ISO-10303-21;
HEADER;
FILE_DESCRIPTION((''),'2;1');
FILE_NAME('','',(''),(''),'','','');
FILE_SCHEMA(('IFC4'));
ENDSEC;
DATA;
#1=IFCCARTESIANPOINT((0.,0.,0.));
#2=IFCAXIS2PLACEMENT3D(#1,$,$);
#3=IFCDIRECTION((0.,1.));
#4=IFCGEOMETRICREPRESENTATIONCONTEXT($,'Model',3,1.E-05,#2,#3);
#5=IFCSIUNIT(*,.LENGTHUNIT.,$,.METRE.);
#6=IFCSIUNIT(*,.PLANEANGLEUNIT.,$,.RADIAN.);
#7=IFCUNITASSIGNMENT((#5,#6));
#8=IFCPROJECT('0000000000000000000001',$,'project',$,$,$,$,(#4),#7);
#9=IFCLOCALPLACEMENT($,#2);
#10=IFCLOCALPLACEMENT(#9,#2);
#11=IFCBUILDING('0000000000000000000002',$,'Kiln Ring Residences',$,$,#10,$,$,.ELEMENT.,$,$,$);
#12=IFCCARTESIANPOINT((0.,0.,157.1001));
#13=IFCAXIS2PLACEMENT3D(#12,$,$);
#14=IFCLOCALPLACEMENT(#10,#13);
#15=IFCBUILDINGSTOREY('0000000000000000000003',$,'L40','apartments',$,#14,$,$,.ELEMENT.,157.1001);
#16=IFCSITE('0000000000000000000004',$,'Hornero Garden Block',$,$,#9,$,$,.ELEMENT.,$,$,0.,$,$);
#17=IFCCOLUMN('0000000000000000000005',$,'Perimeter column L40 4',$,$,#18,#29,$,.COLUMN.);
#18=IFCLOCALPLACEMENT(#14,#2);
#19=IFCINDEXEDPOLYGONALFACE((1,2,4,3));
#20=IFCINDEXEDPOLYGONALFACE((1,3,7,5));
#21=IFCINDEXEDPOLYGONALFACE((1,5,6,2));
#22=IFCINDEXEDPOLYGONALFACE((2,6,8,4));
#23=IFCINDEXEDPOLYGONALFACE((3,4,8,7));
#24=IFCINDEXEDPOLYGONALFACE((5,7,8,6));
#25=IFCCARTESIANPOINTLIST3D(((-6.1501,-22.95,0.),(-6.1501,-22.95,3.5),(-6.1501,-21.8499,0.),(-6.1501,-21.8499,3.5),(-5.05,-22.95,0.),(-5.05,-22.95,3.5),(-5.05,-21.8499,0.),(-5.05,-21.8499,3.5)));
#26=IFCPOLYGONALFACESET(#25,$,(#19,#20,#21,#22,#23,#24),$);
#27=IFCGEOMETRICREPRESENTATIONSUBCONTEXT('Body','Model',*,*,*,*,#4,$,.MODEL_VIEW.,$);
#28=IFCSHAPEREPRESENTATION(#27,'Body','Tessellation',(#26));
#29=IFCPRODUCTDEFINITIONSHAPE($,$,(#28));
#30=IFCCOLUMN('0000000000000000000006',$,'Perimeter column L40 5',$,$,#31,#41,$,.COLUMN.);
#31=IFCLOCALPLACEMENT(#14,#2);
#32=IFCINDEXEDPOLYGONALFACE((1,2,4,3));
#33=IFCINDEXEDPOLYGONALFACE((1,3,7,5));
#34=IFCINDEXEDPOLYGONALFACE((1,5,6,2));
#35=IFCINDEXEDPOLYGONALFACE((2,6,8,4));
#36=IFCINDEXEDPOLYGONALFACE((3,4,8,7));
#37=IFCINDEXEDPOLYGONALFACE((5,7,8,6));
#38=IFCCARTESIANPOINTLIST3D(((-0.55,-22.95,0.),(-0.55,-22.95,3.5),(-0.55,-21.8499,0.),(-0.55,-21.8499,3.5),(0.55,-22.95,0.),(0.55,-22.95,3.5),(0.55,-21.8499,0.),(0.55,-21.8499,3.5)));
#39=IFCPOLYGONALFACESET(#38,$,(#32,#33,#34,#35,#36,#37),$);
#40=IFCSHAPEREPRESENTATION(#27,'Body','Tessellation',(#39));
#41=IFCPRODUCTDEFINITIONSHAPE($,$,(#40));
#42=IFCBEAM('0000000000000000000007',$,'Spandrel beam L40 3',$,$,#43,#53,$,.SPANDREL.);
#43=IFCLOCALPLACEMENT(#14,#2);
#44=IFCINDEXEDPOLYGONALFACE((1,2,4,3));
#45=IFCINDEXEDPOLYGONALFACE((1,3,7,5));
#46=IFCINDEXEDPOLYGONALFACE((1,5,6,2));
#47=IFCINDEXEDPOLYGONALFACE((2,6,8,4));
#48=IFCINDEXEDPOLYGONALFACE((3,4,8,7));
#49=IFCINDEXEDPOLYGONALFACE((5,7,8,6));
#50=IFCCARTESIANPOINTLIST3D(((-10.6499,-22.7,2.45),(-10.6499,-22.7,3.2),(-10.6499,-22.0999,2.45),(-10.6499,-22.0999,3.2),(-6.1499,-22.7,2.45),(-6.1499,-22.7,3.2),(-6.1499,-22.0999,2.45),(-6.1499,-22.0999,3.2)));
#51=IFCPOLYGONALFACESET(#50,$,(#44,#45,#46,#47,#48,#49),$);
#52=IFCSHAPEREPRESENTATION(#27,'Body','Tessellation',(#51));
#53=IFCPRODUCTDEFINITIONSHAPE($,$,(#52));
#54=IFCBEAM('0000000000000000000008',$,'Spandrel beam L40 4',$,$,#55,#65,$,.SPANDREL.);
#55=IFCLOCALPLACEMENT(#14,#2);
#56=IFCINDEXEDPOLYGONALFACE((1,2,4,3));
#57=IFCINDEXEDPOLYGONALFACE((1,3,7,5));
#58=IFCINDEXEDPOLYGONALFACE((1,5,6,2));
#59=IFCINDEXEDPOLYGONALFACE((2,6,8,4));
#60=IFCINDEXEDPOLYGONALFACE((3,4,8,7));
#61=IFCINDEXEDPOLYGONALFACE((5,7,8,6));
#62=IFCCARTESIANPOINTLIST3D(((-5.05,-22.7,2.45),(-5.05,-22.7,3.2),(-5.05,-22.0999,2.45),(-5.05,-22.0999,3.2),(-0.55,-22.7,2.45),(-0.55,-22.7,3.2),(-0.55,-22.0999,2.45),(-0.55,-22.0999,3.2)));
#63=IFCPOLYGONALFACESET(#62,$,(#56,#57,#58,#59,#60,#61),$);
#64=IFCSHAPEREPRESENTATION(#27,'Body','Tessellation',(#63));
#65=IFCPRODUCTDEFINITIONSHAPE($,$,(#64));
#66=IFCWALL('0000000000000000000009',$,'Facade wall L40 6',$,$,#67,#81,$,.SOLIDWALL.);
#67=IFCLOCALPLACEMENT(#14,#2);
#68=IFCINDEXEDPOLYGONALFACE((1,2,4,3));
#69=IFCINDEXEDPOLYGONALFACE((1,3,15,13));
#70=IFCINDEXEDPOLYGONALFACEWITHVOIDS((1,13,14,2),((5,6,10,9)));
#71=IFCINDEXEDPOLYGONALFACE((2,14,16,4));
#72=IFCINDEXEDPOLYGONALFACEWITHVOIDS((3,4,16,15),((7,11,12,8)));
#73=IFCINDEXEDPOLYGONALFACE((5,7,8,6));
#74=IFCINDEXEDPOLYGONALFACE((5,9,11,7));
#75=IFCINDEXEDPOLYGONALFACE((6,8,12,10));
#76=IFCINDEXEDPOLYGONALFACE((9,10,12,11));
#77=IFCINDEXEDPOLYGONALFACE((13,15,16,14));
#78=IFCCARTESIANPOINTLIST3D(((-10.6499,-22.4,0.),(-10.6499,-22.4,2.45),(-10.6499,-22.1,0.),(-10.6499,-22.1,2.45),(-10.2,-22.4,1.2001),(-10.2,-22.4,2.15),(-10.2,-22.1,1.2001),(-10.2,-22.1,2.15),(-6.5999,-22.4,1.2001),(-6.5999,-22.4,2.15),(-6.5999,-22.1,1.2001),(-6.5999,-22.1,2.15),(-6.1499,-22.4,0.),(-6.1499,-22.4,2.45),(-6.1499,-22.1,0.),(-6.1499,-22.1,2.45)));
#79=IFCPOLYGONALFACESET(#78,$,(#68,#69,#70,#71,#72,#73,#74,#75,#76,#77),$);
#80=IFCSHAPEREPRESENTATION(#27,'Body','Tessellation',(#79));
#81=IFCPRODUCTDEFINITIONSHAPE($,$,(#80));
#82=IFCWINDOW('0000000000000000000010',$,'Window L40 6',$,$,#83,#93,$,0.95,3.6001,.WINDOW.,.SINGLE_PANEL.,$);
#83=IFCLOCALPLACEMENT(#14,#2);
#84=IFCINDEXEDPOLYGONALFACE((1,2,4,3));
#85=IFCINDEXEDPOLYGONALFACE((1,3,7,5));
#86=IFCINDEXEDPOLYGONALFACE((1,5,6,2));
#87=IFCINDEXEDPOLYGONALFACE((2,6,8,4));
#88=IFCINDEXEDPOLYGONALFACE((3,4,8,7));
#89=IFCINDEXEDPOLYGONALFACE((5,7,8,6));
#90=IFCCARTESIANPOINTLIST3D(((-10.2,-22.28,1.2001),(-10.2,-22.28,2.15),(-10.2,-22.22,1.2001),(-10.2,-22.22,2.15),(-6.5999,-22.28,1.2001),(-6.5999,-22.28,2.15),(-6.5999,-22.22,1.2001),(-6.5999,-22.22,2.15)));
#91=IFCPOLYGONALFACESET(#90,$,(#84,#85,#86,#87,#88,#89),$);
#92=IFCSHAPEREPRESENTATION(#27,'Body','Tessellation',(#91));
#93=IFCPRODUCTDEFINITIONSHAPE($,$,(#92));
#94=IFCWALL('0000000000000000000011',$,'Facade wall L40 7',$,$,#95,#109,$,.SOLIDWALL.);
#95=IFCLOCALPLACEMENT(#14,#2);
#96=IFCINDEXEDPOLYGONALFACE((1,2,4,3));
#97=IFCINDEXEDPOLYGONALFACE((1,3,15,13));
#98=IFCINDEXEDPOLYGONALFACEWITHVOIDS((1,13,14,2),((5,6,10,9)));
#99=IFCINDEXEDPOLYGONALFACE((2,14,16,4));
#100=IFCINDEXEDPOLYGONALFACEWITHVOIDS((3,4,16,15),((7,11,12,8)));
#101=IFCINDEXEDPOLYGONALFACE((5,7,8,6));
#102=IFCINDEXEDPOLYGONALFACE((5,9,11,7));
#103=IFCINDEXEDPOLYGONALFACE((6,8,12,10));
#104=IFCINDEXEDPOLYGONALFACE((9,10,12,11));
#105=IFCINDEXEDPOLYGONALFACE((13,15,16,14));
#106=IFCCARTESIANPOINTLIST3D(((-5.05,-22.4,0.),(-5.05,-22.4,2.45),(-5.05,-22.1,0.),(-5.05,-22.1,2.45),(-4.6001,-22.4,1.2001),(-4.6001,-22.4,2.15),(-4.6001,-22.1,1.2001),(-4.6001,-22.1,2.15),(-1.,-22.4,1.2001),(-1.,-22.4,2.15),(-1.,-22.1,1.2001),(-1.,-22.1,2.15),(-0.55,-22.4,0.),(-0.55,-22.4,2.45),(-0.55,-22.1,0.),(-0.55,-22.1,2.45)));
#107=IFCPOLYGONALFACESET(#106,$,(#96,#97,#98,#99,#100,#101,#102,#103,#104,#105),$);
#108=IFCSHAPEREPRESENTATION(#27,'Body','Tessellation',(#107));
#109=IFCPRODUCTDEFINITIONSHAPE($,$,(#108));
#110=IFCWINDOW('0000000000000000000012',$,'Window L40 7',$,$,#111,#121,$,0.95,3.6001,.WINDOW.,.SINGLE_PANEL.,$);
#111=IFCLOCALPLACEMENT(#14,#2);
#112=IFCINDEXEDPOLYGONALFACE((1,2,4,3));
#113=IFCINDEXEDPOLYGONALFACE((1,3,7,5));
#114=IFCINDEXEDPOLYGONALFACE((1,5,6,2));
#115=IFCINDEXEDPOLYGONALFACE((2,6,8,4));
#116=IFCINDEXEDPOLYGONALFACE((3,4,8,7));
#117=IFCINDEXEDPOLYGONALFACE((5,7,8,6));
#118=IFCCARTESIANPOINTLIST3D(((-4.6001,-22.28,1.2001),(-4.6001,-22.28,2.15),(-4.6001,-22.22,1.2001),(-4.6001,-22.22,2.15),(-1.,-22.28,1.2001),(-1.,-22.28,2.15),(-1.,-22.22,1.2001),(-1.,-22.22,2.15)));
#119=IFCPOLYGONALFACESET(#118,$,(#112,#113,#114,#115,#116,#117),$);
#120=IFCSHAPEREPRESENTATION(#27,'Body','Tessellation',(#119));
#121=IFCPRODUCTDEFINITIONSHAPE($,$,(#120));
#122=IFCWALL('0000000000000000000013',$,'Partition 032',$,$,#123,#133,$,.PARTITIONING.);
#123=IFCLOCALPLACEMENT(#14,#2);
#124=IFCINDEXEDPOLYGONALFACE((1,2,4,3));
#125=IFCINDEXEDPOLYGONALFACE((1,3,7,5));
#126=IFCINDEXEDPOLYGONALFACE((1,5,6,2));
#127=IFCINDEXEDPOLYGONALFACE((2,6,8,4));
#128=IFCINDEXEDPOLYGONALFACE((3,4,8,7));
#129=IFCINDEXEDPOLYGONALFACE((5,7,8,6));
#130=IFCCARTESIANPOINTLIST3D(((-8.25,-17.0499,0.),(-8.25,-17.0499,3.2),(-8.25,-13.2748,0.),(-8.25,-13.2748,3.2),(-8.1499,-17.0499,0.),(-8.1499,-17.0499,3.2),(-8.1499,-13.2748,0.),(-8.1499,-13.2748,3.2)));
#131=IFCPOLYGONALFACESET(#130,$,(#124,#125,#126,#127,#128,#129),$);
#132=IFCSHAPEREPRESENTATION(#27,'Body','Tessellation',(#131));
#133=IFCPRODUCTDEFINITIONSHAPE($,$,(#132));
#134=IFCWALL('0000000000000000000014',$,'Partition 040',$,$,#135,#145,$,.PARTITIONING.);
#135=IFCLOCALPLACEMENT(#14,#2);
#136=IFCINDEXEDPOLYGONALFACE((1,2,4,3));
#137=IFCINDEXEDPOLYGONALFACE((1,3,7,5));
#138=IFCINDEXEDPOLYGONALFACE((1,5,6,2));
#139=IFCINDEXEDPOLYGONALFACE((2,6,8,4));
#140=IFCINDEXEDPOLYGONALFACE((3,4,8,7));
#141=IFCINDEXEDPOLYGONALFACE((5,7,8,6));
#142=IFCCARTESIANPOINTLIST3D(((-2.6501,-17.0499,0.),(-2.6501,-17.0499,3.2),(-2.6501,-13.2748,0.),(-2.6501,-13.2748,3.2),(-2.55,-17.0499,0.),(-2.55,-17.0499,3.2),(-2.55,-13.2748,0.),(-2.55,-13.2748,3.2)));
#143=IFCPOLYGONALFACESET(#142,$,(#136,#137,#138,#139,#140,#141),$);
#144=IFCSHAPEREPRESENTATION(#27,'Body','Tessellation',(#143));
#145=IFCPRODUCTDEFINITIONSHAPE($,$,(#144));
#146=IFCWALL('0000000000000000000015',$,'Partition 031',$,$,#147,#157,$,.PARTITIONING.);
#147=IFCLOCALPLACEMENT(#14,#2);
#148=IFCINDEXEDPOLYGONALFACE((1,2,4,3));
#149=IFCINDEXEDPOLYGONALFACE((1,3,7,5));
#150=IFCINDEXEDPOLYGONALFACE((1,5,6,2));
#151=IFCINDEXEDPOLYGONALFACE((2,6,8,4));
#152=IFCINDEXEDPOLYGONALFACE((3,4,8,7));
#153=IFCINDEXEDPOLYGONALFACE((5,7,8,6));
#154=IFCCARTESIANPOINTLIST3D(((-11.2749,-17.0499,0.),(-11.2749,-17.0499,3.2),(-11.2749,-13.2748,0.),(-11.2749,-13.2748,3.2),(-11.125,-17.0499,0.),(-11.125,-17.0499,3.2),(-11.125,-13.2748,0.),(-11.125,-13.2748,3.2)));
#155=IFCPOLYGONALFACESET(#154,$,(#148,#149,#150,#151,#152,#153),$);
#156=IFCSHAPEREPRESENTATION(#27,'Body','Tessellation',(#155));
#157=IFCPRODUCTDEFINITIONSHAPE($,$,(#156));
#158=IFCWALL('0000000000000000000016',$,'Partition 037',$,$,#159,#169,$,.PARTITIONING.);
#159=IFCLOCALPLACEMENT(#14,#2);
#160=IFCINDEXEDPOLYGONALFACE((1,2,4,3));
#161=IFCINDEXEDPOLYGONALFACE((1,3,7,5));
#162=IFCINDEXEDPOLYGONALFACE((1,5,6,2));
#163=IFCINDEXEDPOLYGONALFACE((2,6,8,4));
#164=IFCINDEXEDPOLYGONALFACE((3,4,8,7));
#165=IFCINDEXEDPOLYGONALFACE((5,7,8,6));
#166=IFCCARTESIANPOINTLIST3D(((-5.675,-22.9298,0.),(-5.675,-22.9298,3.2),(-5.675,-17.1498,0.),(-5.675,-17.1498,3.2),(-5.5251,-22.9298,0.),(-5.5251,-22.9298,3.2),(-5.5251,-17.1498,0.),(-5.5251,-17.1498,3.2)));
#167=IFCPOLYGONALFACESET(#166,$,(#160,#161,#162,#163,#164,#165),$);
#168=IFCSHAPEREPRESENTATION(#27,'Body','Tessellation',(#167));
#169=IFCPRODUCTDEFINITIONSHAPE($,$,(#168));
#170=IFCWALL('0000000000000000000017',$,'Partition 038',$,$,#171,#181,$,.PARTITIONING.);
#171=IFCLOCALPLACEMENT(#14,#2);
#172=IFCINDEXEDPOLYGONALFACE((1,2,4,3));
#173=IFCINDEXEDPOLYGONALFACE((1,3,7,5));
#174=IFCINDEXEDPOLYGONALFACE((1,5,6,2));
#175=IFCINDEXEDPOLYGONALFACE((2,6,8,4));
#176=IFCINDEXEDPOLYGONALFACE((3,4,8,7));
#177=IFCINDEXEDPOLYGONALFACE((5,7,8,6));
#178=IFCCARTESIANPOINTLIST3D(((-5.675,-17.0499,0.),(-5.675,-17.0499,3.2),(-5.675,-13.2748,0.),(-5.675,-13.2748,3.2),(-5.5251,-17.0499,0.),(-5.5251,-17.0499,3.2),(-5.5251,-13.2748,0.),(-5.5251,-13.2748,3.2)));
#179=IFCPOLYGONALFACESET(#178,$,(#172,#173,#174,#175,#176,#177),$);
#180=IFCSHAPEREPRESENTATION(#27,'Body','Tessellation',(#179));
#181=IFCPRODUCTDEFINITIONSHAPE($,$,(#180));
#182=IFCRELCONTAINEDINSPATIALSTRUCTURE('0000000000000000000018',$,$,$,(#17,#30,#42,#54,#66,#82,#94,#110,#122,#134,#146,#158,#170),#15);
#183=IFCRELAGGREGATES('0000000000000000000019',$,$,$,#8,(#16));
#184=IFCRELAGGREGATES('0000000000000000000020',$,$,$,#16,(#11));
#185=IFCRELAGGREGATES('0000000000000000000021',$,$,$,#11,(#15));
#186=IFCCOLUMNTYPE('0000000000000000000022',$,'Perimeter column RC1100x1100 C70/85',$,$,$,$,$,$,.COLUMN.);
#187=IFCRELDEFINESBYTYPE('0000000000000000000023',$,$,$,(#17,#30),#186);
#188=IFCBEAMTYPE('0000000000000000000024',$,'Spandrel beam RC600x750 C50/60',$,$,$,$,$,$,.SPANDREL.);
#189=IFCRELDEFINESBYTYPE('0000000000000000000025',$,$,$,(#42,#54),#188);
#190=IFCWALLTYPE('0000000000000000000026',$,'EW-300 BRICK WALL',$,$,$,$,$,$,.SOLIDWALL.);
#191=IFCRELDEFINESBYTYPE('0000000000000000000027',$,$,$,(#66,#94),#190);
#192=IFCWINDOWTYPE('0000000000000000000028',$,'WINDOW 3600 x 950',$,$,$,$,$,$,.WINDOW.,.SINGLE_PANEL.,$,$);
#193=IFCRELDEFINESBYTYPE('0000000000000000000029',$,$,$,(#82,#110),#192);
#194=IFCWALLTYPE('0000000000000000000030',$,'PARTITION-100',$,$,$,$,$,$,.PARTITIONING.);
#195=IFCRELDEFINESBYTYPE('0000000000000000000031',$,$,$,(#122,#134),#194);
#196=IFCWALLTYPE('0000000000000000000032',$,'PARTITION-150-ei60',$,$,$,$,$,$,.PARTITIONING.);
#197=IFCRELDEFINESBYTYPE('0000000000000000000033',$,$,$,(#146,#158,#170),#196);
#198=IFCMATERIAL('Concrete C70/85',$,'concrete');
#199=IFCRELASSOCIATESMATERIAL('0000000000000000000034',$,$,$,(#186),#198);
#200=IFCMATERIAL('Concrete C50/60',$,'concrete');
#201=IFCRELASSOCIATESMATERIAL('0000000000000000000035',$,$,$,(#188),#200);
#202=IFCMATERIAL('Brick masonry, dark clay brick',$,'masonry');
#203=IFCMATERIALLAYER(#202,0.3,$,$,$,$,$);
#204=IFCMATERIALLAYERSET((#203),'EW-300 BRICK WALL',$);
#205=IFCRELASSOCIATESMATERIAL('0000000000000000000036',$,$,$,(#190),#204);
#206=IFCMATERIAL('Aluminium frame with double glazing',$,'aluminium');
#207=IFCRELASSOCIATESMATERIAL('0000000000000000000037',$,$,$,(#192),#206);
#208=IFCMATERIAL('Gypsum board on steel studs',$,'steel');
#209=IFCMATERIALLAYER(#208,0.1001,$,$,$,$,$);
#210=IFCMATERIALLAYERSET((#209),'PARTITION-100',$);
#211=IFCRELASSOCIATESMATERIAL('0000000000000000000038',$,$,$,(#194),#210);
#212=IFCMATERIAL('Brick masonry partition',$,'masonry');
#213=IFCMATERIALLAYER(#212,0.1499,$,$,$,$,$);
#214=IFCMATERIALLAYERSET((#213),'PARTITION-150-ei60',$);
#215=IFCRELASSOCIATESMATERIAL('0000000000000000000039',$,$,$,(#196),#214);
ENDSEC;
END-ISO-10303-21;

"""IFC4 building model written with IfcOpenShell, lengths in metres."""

from ifc_helpers import new_model, si_unit, direction, frame, frame_2d, origin, origin_2d, place, context, subcontext, project, spatial, rectangle, extrude, material, layer, layer_set, material_profile, profile_set, type_object, element, fill, save


model = new_model("IFC4")

# Units and contexts
model_context = context("Model", 3, precision=1e-05, world=origin(), true_north=direction((0.0, 1.0)))
body_context = subcontext(model_context, "Body", "Model", "MODEL_VIEW")
ifc_project = project(units=[si_unit("LENGTHUNIT", "METRE"), si_unit("PLANEANGLEUNIT", "RADIAN")], contexts=[model_context])

# Site, building, storey
site_placement = place(None, origin())
site = spatial("IfcSite", under=ifc_project, at=site_placement, Name="Hornero Garden Block", CompositionType="ELEMENT", RefElevation=0.0)
building_placement = place(site_placement, origin())
building = spatial("IfcBuilding", under=site, at=building_placement, Name="Kiln Ring Residences", CompositionType="ELEMENT")
storey_placement = place(building_placement, frame((0.0, 0.0, 157.1001)))
storey = spatial("IfcBuildingStorey", under=building, at=storey_placement, Name="L40", Description="apartments", CompositionType="ELEMENT", Elevation=157.1001)

# Columns
ifc_material_1 = material(Name="Concrete C70/85", Category="concrete")
ifc_material_profile_1 = material_profile(ifc_material_1, rectangle(XDim=1.1001, YDim=1.1001, at=origin_2d()), Name="RC1100x1100")
ifc_profile_set_1 = profile_set([ifc_material_profile_1], Name="Concrete C70/85")
column_type = type_object("IfcColumnType", Name="Perimeter column RC1100x1100 C70/85", PredefinedType="COLUMN", material=ifc_profile_set_1)
for number, where, z_axis, x_axis, name in (
    (1, (-5.6001, -22.3999, 0.0), (0.0, 0.0, 1.0), (1.0, 0.0, 0.0), "Perimeter column L40 4"),
    (2, (0.0, -22.3999, 0.0), (0.0, 0.0, 1.0), (1.0, 0.0, 0.0), "Perimeter column L40 5"),
):
    element("IfcColumn", number, at=place(storey_placement, frame(where, z_axis=z_axis, x_axis=x_axis)), inside=storey, type_object=column_type, Name=name, PredefinedType="COLUMN", context=body_context, shape_type="SweptSolid", body=[
        extrude(rectangle(XDim=1.1001, YDim=1.1001, at=origin_2d()), origin(), (0.0, 0.0, 1.0), 3.5),
    ])

# Beams
ifc_material_2 = material(Name="Concrete C50/60", Category="concrete")
ifc_material_profile_2 = material_profile(ifc_material_2, rectangle(XDim=0.6001, YDim=0.75, at=origin_2d()), Name="RC600x750")
ifc_profile_set_2 = profile_set([ifc_material_profile_2], Name="Concrete C50/60")
beam_type = type_object("IfcBeamType", Name="Spandrel beam RC600x750 C50/60", PredefinedType="SPANDREL", material=ifc_profile_set_2)
for number, where, z_axis, x_axis, name in (
    (3, (-10.6499, -22.3999, 2.825), (1.0, 0.0, 0.0), (0.0, 1.0, 0.0), "Spandrel beam L40 3"),
    (4, (-5.05, -22.3999, 2.825), (1.0, 0.0, 0.0), (0.0, 1.0, 0.0), "Spandrel beam L40 4"),
):
    element("IfcBeam", number, at=place(storey_placement, frame(where, z_axis=z_axis, x_axis=x_axis)), inside=storey, type_object=beam_type, Name=name, PredefinedType="SPANDREL", context=body_context, shape_type="SweptSolid", body=[
        extrude(rectangle(XDim=0.6001, YDim=0.75, at=origin_2d()), origin(), (0.0, 0.0, 1.0), 4.5),
    ])

# Walls, openings, windows
ifc_material_3 = material(Name="Brick masonry, dark clay brick", Category="masonry")
ifc_layer_1 = layer(ifc_material_3, 0.3)
ifc_layer_set_1 = layer_set([ifc_layer_1], Name="EW-300 BRICK WALL")
wall_type_1 = type_object("IfcWallType", Name="EW-300 BRICK WALL", PredefinedType="SOLIDWALL", material=ifc_layer_set_1)
wall_1_placement = place(storey_placement, frame((-10.6499, -22.25, 0.0), z_axis=(0.0, 0.0, 1.0), x_axis=(1.0, 0.0, 0.0)))
wall_1 = element("IfcWall", 5, at=wall_1_placement, inside=storey, type_object=wall_type_1, Name="Facade wall L40 6", PredefinedType="SOLIDWALL", context=body_context, shape_type="SweptSolid", body=[
    extrude(rectangle(XDim=4.5, YDim=0.3, at=frame_2d((2.25, 0.0))), origin(), (0.0, 0.0, 1.0), 2.45),
])
opening_1_placement = place(wall_1_placement, frame((0.45, 0.0, 1.2)))
opening_1 = element("IfcOpeningElement", 6, at=opening_1_placement, cuts=wall_1, PredefinedType="OPENING", context=body_context, shape_type="SweptSolid", body=[
    extrude(rectangle(XDim=3.6001, YDim=0.95, at=frame_2d((1.8, 0.4751))), frame((0.0, 0.1599, 0.0), z_axis=(0.0, -1.0, 0.0), x_axis=(1.0, 0.0, 0.0)), (0.0, 0.0, 1.0), 0.3201),
])
ifc_material_4 = material(Name="Aluminium frame with double glazing", Category="aluminium")
window_type = type_object("IfcWindowType", Name="WINDOW 3600 x 950", PartitioningType="SINGLE_PANEL", PredefinedType="WINDOW", material=ifc_material_4)
window_1_placement = place(opening_1_placement, origin())
window_1 = element("IfcWindow", 7, at=window_1_placement, inside=storey, type_object=window_type, Name="Window L40 6", OverallHeight=0.95, OverallWidth=3.6001, PartitioningType="SINGLE_PANEL", PredefinedType="WINDOW", context=body_context, shape_type="SweptSolid", body=[
    extrude(rectangle(XDim=3.6001, YDim=0.95, at=frame_2d((1.8, 0.4751))), frame((0.0, 0.03, 0.0), z_axis=(0.0, -1.0, 0.0), x_axis=(1.0, 0.0, 0.0)), (0.0, 0.0, 1.0), 0.0601),
])
fill(opening_1, window_1)
wall_2_placement = place(storey_placement, frame((-5.05, -22.25, 0.0), z_axis=(0.0, 0.0, 1.0), x_axis=(1.0, 0.0, 0.0)))
wall_2 = element("IfcWall", 8, at=wall_2_placement, inside=storey, type_object=wall_type_1, Name="Facade wall L40 7", PredefinedType="SOLIDWALL", context=body_context, shape_type="SweptSolid", body=[
    extrude(rectangle(XDim=4.5, YDim=0.3, at=frame_2d((2.25, 0.0))), origin(), (0.0, 0.0, 1.0), 2.45),
])
opening_2_placement = place(wall_2_placement, frame((0.45, 0.0, 1.2)))
opening_2 = element("IfcOpeningElement", 9, at=opening_2_placement, cuts=wall_2, PredefinedType="OPENING", context=body_context, shape_type="SweptSolid", body=[
    extrude(rectangle(XDim=3.6001, YDim=0.95, at=frame_2d((1.8, 0.4751))), frame((0.0, 0.1599, 0.0), z_axis=(0.0, -1.0, 0.0), x_axis=(1.0, 0.0, 0.0)), (0.0, 0.0, 1.0), 0.3201),
])
window_2_placement = place(opening_2_placement, origin())
window_2 = element("IfcWindow", 10, at=window_2_placement, inside=storey, type_object=window_type, Name="Window L40 7", OverallHeight=0.95, OverallWidth=3.6001, PartitioningType="SINGLE_PANEL", PredefinedType="WINDOW", context=body_context, shape_type="SweptSolid", body=[
    extrude(rectangle(XDim=3.6001, YDim=0.95, at=frame_2d((1.8, 0.4751))), frame((0.0, 0.03, 0.0), z_axis=(0.0, -1.0, 0.0), x_axis=(1.0, 0.0, 0.0)), (0.0, 0.0, 1.0), 0.0601),
])
fill(opening_2, window_2)

# Walls
ifc_material_5 = material(Name="Gypsum board on steel studs", Category="steel")
ifc_layer_2 = layer(ifc_material_5, 0.1001)
ifc_layer_set_2 = layer_set([ifc_layer_2], Name="PARTITION-100")
wall_type_2 = type_object("IfcWallType", Name="PARTITION-100", PredefinedType="PARTITIONING", material=ifc_layer_set_2)
for number, where, z_axis, x_axis, name in (
    (11, (-8.2, -17.05, 0.0), (0.0, 0.0, 1.0), (0.0, 1.0, 0.0), "Partition 032"),
    (12, (-2.6001, -17.05, 0.0), (0.0, 0.0, 1.0), (0.0, 1.0, 0.0), "Partition 040"),
):
    element("IfcWall", number, at=place(storey_placement, frame(where, z_axis=z_axis, x_axis=x_axis)), inside=storey, type_object=wall_type_2, Name=name, PredefinedType="PARTITIONING", context=body_context, shape_type="SweptSolid", body=[
        extrude(rectangle(XDim=3.7751, YDim=0.1001, at=frame_2d((1.8877, 0.0))), origin(), (0.0, 0.0, 1.0), 3.2),
    ])
ifc_material_6 = material(Name="Brick masonry partition", Category="masonry")
ifc_layer_3 = layer(ifc_material_6, 0.1499)
ifc_layer_set_3 = layer_set([ifc_layer_3], Name="PARTITION-150-ei60")
wall_type_3 = type_object("IfcWallType", Name="PARTITION-150-ei60", PredefinedType="PARTITIONING", material=ifc_layer_set_3)
wall_3_placement = place(storey_placement, frame((-11.2, -17.05, 0.0), z_axis=(0.0, 0.0, 1.0), x_axis=(0.0, 1.0, 0.0)))
element("IfcWall", 13, at=wall_3_placement, inside=storey, type_object=wall_type_3, Name="Partition 031", PredefinedType="PARTITIONING", context=body_context, shape_type="SweptSolid", body=[
    extrude(rectangle(XDim=3.7751, YDim=0.1499, at=frame_2d((1.8877, 0.0))), origin(), (0.0, 0.0, 1.0), 3.2),
])
wall_4_placement = place(storey_placement, frame((-5.6001, -22.9299, 0.0), z_axis=(0.0, 0.0, 1.0), x_axis=(0.0, 1.0, 0.0)))
element("IfcWall", 14, at=wall_4_placement, inside=storey, type_object=wall_type_3, Name="Partition 037", PredefinedType="PARTITIONING", context=body_context, shape_type="SweptSolid", body=[
    extrude(rectangle(XDim=5.78, YDim=0.1499, at=frame_2d((2.8901, 0.0))), origin(), (0.0, 0.0, 1.0), 3.2),
])
wall_5_placement = place(storey_placement, frame((-5.6001, -17.05, 0.0), z_axis=(0.0, 0.0, 1.0), x_axis=(0.0, 1.0, 0.0)))
element("IfcWall", 15, at=wall_5_placement, inside=storey, type_object=wall_type_3, Name="Partition 038", PredefinedType="PARTITIONING", context=body_context, shape_type="SweptSolid", body=[
    extrude(rectangle(XDim=3.7751, YDim=0.1499, at=frame_2d((1.8877, 0.0))), origin(), (0.0, 0.0, 1.0), 3.2),
])

save(model, "model.ifc")
